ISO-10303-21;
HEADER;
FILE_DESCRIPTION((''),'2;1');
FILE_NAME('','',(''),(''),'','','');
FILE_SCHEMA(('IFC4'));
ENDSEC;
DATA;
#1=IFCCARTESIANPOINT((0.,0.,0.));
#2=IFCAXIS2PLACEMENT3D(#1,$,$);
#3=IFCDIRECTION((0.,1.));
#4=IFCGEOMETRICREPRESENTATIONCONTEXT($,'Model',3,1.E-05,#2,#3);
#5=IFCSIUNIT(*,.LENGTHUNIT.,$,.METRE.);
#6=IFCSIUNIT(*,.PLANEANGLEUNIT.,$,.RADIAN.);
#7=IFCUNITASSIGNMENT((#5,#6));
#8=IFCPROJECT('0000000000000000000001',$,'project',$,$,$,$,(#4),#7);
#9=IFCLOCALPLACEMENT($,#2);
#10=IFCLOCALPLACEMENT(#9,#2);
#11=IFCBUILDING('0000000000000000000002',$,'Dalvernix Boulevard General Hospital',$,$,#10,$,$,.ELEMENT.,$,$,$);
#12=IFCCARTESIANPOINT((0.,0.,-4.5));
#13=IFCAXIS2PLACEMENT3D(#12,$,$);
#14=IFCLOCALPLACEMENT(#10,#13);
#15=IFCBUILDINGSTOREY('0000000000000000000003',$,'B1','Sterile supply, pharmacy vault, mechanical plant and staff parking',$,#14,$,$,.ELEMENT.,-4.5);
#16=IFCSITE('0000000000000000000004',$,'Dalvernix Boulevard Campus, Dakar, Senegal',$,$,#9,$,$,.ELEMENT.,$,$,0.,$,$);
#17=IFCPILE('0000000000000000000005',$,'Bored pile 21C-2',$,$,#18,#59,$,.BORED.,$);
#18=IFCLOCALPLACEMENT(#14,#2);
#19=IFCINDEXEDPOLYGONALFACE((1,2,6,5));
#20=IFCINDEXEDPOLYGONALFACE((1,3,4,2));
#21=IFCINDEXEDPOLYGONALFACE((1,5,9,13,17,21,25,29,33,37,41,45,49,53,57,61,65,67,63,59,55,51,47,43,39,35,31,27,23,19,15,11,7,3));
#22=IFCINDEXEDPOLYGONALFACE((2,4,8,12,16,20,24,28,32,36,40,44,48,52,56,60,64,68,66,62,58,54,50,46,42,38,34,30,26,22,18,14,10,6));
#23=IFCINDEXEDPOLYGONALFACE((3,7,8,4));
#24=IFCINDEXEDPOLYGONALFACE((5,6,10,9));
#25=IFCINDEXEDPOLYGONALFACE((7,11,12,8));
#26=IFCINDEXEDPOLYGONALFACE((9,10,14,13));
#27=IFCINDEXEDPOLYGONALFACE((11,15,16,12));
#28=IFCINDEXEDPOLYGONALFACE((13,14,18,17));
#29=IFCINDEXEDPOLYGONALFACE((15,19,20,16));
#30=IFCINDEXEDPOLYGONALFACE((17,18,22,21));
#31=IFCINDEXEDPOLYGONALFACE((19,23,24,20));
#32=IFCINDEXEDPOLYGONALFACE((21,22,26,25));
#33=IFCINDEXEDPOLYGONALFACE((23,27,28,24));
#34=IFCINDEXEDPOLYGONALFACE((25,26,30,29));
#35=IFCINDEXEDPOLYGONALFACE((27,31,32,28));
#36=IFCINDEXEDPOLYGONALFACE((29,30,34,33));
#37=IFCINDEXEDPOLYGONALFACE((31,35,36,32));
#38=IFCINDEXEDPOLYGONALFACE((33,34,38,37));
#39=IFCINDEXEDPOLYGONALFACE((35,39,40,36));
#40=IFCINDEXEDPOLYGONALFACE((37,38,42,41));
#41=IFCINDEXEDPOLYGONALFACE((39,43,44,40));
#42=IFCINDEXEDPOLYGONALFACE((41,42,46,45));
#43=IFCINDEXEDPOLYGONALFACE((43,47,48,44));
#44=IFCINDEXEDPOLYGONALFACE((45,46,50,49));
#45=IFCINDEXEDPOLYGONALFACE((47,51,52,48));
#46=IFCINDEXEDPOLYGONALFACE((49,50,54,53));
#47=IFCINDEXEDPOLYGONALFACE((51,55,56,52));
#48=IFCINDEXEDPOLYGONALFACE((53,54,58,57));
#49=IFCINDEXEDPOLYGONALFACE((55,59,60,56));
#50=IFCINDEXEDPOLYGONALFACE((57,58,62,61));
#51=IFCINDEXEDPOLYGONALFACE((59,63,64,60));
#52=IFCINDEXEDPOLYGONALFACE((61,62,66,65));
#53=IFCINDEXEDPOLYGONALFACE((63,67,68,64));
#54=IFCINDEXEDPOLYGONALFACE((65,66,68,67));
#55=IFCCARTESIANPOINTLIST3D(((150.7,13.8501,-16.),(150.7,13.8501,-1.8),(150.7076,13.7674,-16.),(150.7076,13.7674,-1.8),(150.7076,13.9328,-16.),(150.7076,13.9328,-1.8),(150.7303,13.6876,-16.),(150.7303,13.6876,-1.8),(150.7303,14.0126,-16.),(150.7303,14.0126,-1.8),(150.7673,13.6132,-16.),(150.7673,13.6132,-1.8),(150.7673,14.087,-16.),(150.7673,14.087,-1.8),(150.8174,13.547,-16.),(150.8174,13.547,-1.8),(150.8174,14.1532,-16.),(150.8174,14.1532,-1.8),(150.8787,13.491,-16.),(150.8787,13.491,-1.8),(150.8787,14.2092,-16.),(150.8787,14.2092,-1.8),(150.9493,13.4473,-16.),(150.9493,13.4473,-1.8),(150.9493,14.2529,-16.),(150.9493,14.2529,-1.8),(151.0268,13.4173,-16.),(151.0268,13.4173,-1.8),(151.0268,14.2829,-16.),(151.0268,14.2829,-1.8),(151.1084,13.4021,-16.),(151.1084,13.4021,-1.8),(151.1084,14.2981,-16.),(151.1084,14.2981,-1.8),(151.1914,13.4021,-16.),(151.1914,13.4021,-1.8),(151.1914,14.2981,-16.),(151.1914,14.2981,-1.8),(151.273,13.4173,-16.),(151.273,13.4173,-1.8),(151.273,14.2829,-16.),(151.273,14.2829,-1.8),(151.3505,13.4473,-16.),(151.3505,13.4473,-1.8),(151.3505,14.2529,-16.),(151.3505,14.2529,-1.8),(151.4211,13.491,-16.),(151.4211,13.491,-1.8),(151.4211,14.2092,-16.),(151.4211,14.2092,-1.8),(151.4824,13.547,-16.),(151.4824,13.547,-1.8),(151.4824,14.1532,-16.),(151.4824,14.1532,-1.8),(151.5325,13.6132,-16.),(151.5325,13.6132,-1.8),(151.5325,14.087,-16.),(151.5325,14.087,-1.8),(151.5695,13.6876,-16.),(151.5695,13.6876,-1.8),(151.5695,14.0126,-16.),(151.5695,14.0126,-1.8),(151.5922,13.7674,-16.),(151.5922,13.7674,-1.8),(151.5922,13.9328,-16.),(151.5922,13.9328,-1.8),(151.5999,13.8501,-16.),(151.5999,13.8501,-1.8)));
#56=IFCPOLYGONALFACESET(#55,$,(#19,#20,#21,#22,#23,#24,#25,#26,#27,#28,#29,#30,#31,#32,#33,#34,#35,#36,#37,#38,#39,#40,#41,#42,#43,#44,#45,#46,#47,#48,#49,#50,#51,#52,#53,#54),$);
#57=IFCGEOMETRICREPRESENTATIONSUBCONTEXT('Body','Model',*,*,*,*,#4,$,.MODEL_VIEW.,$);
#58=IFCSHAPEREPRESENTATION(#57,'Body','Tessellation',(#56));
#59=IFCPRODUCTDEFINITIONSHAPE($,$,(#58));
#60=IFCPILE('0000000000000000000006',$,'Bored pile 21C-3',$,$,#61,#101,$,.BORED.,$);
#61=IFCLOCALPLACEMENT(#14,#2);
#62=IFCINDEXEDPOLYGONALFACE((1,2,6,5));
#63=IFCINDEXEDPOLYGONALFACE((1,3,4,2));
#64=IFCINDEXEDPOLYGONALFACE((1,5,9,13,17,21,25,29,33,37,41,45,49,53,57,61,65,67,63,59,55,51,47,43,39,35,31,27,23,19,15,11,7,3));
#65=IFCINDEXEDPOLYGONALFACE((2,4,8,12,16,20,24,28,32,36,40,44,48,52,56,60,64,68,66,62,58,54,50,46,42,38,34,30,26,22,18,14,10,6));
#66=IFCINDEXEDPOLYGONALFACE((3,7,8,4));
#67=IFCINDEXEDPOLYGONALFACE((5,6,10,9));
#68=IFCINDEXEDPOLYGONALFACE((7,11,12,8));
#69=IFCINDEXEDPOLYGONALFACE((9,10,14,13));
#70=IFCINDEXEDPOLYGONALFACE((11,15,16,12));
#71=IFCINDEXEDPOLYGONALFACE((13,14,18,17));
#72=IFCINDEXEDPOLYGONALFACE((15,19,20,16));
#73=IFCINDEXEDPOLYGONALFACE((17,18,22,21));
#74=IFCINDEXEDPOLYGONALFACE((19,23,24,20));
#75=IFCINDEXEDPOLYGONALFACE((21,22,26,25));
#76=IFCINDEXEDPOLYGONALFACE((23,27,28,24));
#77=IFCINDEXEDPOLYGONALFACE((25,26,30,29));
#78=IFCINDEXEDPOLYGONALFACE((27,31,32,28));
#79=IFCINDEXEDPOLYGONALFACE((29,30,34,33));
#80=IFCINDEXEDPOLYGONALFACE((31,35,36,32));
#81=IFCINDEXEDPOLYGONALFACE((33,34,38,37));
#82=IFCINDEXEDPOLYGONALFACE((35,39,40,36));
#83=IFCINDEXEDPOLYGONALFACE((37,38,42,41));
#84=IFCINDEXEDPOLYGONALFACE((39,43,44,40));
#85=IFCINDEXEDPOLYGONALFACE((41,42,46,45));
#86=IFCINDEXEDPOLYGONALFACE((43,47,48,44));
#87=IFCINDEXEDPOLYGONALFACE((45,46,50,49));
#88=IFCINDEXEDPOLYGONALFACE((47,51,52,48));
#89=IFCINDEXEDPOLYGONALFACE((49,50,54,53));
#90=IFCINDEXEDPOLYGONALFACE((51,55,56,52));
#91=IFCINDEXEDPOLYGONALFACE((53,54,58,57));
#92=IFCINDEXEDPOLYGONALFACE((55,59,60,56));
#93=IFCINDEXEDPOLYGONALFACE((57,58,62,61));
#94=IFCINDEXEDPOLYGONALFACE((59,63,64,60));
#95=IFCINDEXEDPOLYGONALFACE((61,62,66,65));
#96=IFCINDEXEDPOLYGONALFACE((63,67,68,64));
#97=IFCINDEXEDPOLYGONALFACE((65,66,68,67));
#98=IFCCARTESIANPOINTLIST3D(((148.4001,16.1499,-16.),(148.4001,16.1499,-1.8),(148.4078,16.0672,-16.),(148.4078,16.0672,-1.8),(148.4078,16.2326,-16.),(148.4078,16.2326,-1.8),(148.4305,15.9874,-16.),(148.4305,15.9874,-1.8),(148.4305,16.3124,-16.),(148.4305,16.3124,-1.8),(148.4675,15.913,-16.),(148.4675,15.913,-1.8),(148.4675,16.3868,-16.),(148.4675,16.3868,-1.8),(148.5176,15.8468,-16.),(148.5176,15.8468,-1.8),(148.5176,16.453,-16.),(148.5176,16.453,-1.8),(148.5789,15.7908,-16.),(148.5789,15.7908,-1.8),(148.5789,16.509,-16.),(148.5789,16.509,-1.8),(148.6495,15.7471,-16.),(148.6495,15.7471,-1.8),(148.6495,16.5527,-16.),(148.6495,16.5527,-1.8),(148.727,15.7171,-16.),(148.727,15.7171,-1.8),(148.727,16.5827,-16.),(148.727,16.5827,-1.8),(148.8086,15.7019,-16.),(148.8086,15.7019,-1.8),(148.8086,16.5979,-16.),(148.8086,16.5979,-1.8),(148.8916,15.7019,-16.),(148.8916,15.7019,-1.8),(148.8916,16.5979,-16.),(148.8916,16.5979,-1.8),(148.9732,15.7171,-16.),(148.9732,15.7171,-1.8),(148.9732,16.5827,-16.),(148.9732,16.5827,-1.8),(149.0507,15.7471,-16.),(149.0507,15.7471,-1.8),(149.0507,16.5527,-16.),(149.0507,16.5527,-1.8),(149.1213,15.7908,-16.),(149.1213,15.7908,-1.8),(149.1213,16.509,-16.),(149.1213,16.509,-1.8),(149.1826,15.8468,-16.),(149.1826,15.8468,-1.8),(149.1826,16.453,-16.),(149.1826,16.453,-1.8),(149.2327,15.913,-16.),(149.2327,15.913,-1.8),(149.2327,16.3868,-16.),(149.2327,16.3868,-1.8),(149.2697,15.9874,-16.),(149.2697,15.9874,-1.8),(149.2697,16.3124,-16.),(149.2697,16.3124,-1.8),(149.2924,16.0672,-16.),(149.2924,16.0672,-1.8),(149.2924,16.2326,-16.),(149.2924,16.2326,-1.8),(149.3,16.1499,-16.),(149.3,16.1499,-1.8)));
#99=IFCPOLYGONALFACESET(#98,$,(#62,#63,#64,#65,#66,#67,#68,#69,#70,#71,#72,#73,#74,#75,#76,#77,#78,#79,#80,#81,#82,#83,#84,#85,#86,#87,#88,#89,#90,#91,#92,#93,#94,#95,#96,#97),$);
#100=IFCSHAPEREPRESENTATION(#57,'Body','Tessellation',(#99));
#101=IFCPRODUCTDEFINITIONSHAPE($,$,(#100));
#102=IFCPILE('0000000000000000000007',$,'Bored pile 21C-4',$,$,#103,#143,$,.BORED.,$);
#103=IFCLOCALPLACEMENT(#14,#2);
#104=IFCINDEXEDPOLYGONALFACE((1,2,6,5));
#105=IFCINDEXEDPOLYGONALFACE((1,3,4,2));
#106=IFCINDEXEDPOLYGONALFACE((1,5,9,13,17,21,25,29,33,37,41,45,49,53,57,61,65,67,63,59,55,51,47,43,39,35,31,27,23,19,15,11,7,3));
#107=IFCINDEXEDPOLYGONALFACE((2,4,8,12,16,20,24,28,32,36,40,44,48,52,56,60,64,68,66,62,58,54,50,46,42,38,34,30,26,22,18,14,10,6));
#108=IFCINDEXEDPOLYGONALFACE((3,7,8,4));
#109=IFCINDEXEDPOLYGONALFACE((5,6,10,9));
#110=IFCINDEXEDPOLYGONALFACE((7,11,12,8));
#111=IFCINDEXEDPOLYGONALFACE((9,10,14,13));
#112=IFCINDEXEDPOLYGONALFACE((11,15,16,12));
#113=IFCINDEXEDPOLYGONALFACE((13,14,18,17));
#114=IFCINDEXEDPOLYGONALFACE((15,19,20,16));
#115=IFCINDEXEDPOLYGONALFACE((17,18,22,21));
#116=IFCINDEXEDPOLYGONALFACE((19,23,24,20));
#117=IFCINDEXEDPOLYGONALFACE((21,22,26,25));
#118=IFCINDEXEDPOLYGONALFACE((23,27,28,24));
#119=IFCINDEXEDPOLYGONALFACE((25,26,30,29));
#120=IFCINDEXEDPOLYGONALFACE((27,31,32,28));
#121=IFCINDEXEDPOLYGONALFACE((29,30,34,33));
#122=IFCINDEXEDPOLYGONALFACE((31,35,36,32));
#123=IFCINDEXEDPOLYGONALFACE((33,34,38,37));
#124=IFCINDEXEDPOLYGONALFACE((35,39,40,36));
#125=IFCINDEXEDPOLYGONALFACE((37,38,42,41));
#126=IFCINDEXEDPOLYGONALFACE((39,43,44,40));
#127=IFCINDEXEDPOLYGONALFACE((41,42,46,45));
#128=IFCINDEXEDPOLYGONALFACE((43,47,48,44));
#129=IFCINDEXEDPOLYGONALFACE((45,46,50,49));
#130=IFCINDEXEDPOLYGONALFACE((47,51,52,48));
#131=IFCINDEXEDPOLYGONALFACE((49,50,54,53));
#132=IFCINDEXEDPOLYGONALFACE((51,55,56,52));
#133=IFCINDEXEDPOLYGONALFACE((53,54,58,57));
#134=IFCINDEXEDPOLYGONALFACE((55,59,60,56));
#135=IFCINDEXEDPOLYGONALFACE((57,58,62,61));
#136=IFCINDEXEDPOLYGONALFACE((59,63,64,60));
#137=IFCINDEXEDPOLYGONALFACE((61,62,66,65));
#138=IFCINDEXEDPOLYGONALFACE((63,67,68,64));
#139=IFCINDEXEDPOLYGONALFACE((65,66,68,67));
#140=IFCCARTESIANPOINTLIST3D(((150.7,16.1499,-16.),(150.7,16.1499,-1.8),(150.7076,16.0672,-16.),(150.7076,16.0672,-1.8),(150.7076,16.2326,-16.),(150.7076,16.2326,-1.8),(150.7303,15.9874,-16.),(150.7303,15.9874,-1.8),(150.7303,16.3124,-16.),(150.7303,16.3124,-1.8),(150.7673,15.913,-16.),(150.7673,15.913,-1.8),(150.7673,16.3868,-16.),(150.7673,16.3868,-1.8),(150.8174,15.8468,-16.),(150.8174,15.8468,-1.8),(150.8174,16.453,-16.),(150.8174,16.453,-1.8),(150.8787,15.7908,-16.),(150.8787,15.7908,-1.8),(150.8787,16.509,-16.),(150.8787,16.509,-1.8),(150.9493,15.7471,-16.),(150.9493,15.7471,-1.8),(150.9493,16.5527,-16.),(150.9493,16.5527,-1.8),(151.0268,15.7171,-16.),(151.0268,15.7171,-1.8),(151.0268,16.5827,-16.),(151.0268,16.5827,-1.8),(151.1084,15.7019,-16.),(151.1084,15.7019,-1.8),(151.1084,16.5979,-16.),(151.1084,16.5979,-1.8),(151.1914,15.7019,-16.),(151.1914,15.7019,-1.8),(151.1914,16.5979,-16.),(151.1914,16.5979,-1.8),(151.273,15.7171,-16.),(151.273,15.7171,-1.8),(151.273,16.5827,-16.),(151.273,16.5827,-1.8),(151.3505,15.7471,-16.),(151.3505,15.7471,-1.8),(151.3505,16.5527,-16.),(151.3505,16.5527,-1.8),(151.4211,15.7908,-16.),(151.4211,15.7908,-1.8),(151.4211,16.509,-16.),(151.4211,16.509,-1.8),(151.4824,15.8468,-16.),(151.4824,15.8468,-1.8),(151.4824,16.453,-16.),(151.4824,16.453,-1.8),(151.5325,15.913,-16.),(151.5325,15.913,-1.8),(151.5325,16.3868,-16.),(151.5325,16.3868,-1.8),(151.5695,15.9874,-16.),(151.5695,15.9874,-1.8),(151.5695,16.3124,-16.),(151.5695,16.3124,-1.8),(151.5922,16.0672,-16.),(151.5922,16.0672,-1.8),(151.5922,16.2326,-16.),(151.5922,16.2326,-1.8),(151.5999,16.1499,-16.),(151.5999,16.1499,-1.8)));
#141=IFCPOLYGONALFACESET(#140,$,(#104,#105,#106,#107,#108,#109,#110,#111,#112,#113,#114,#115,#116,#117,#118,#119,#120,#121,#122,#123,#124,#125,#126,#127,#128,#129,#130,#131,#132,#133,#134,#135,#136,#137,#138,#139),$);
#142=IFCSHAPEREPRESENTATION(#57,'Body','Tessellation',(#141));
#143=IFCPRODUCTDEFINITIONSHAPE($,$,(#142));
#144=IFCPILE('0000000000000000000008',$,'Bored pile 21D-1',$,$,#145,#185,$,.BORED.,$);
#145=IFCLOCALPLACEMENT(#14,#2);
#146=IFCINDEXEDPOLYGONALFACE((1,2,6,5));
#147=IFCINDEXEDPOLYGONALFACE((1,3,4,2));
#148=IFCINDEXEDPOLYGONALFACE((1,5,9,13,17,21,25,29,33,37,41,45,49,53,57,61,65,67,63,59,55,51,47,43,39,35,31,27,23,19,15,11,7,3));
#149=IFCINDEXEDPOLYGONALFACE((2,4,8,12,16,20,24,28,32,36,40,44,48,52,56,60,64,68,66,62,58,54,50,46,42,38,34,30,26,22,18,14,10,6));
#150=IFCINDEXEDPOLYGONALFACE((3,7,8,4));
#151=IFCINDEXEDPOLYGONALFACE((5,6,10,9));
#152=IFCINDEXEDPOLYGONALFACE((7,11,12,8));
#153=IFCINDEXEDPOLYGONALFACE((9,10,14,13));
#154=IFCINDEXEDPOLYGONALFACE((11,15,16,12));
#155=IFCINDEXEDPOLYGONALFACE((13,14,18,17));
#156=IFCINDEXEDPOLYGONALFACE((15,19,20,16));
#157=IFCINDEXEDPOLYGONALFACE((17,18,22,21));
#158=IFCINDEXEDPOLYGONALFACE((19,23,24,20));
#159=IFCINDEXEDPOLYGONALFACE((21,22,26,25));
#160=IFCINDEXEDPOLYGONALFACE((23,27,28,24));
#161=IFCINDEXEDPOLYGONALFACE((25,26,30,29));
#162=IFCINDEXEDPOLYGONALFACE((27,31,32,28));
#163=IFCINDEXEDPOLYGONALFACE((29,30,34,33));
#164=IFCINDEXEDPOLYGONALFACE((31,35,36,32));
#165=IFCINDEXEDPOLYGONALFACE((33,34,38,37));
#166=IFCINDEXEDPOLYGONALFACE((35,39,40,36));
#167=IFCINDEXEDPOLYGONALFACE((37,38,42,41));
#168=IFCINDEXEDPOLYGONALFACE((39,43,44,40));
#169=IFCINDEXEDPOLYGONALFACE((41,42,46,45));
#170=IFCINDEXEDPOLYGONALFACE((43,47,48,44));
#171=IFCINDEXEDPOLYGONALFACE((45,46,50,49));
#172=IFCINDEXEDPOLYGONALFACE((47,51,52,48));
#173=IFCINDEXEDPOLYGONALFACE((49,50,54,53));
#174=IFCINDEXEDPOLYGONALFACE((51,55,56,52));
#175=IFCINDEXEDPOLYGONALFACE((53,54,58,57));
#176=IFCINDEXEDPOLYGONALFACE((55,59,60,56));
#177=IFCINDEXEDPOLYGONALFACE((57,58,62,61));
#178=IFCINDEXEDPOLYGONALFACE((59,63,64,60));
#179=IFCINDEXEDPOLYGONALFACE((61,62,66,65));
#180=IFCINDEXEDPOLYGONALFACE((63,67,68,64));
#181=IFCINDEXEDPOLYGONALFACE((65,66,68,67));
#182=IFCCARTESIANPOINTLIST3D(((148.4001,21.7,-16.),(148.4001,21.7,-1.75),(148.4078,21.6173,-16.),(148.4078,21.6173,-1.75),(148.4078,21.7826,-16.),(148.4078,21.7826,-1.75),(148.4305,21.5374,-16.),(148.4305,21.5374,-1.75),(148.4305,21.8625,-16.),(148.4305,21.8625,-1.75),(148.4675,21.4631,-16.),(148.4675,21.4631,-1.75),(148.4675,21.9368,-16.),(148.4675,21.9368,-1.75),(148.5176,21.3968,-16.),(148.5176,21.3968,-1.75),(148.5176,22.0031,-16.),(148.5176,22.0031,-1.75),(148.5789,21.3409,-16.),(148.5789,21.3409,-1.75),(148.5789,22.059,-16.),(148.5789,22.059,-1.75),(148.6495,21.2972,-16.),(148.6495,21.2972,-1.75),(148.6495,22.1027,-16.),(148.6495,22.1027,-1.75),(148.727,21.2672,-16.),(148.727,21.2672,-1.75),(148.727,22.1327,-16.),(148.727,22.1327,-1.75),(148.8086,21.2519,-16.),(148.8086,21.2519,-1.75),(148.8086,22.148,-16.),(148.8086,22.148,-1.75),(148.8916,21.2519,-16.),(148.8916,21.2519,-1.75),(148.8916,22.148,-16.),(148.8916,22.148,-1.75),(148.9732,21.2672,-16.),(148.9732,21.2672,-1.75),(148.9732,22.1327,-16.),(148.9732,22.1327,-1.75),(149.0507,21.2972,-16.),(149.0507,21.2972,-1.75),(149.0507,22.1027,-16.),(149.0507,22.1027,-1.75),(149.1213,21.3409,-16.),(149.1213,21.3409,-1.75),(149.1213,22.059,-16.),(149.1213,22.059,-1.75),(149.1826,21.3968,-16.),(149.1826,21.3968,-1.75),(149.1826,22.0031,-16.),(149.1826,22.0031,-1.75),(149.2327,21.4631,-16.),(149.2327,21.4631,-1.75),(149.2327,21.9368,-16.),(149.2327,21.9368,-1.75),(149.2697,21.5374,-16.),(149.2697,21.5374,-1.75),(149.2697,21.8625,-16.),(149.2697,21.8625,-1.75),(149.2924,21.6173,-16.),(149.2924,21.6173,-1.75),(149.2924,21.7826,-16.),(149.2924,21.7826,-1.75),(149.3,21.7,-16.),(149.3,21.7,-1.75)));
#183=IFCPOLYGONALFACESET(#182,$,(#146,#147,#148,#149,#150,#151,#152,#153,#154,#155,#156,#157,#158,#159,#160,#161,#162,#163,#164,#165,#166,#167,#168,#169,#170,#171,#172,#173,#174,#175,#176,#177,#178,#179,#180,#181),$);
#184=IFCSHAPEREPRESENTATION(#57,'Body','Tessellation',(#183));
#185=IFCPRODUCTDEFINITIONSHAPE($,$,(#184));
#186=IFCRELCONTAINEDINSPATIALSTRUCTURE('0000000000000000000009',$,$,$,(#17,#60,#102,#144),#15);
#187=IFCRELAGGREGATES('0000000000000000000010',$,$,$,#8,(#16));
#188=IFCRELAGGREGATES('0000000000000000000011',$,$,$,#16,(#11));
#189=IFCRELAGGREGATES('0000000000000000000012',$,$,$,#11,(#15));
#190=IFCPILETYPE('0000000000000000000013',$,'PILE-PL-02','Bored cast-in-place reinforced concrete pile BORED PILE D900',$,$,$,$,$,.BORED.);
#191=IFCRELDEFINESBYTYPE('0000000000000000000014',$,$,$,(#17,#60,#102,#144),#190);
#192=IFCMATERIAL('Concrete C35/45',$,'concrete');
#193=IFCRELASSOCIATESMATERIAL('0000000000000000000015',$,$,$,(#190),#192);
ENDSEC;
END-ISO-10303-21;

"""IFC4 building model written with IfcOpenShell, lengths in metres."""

from ifc_helpers import new_model, si_unit, direction, frame, origin, origin_2d, place, context, subcontext, project, spatial, circle, extrude, material, material_profile, profile_set, type_object, element, save


model = new_model("IFC4")

# Units and contexts
model_context = context("Model", 3, precision=1e-05, world=origin(), true_north=direction((0.0, 1.0)))
body_context = subcontext(model_context, "Body", "Model", "MODEL_VIEW")
ifc_project = project(units=[si_unit("LENGTHUNIT", "METRE"), si_unit("PLANEANGLEUNIT", "RADIAN")], contexts=[model_context])

# Site, building, storey
site_placement = place(None, origin())
site = spatial("IfcSite", under=ifc_project, at=site_placement, Name="Dalvernix Boulevard Campus, Dakar, Senegal", CompositionType="ELEMENT", RefElevation=0.0)
building_placement = place(site_placement, origin())
building = spatial("IfcBuilding", under=site, at=building_placement, Name="Dalvernix Boulevard General Hospital", CompositionType="ELEMENT")
storey_placement = place(building_placement, frame((0.0, 0.0, -4.5)))
storey = spatial("IfcBuildingStorey", under=building, at=storey_placement, Name="B1", Description="Sterile supply, pharmacy vault, mechanical plant and staff parking", CompositionType="ELEMENT", Elevation=-4.5)

# Shared definitions
ifc_material_1 = material(Name="Concrete C35/45", Category="concrete")

# Piles
ifc_material_profile_1 = material_profile(ifc_material_1, circle(Radius=0.45, at=origin_2d()), Name="BORED PILE D900")
ifc_profile_set_1 = profile_set([ifc_material_profile_1], Name="Concrete C35/45")
pile_type_1 = type_object("IfcPileType", Name="PILE-PL-02", Description="Bored cast-in-place reinforced concrete pile BORED PILE D900", PredefinedType="BORED", material=ifc_profile_set_1)
for number, where, z_axis, x_axis, name in (
    (1, (151.1499, 13.8501, -1.8), (0.0, 0.0, -1.0), (1.0, 0.0, 0.0), "Bored pile 21C-2"),
    (2, (148.8501, 16.1499, -1.8), (0.0, 0.0, -1.0), (1.0, 0.0, 0.0), "Bored pile 21C-3"),
    (3, (151.1499, 16.1499, -1.8), (0.0, 0.0, -1.0), (1.0, 0.0, 0.0), "Bored pile 21C-4"),
):
    element("IfcPile", number, at=place(storey_placement, frame(where, z_axis=z_axis, x_axis=x_axis)), inside=storey, type_object=pile_type_1, Name=name, PredefinedType="BORED", context=body_context, shape_type="SweptSolid", body=[
        extrude(circle(Radius=0.45, at=origin_2d()), origin(), (0.0, 0.0, 1.0), 14.2),
    ])
for number, where, z_axis, x_axis, name in (
    (4, (148.8501, 21.7, -1.75), (0.0, 0.0, -1.0), (1.0, 0.0, 0.0), "Bored pile 21D-1"),
):
    element("IfcPile", number, at=place(storey_placement, frame(where, z_axis=z_axis, x_axis=x_axis)), inside=storey, type_object=pile_type_1, Name=name, PredefinedType="BORED", context=body_context, shape_type="SweptSolid", body=[
        extrude(circle(Radius=0.45, at=origin_2d()), origin(), (0.0, 0.0, 1.0), 14.25),
    ])

save(model, "model.ifc")
